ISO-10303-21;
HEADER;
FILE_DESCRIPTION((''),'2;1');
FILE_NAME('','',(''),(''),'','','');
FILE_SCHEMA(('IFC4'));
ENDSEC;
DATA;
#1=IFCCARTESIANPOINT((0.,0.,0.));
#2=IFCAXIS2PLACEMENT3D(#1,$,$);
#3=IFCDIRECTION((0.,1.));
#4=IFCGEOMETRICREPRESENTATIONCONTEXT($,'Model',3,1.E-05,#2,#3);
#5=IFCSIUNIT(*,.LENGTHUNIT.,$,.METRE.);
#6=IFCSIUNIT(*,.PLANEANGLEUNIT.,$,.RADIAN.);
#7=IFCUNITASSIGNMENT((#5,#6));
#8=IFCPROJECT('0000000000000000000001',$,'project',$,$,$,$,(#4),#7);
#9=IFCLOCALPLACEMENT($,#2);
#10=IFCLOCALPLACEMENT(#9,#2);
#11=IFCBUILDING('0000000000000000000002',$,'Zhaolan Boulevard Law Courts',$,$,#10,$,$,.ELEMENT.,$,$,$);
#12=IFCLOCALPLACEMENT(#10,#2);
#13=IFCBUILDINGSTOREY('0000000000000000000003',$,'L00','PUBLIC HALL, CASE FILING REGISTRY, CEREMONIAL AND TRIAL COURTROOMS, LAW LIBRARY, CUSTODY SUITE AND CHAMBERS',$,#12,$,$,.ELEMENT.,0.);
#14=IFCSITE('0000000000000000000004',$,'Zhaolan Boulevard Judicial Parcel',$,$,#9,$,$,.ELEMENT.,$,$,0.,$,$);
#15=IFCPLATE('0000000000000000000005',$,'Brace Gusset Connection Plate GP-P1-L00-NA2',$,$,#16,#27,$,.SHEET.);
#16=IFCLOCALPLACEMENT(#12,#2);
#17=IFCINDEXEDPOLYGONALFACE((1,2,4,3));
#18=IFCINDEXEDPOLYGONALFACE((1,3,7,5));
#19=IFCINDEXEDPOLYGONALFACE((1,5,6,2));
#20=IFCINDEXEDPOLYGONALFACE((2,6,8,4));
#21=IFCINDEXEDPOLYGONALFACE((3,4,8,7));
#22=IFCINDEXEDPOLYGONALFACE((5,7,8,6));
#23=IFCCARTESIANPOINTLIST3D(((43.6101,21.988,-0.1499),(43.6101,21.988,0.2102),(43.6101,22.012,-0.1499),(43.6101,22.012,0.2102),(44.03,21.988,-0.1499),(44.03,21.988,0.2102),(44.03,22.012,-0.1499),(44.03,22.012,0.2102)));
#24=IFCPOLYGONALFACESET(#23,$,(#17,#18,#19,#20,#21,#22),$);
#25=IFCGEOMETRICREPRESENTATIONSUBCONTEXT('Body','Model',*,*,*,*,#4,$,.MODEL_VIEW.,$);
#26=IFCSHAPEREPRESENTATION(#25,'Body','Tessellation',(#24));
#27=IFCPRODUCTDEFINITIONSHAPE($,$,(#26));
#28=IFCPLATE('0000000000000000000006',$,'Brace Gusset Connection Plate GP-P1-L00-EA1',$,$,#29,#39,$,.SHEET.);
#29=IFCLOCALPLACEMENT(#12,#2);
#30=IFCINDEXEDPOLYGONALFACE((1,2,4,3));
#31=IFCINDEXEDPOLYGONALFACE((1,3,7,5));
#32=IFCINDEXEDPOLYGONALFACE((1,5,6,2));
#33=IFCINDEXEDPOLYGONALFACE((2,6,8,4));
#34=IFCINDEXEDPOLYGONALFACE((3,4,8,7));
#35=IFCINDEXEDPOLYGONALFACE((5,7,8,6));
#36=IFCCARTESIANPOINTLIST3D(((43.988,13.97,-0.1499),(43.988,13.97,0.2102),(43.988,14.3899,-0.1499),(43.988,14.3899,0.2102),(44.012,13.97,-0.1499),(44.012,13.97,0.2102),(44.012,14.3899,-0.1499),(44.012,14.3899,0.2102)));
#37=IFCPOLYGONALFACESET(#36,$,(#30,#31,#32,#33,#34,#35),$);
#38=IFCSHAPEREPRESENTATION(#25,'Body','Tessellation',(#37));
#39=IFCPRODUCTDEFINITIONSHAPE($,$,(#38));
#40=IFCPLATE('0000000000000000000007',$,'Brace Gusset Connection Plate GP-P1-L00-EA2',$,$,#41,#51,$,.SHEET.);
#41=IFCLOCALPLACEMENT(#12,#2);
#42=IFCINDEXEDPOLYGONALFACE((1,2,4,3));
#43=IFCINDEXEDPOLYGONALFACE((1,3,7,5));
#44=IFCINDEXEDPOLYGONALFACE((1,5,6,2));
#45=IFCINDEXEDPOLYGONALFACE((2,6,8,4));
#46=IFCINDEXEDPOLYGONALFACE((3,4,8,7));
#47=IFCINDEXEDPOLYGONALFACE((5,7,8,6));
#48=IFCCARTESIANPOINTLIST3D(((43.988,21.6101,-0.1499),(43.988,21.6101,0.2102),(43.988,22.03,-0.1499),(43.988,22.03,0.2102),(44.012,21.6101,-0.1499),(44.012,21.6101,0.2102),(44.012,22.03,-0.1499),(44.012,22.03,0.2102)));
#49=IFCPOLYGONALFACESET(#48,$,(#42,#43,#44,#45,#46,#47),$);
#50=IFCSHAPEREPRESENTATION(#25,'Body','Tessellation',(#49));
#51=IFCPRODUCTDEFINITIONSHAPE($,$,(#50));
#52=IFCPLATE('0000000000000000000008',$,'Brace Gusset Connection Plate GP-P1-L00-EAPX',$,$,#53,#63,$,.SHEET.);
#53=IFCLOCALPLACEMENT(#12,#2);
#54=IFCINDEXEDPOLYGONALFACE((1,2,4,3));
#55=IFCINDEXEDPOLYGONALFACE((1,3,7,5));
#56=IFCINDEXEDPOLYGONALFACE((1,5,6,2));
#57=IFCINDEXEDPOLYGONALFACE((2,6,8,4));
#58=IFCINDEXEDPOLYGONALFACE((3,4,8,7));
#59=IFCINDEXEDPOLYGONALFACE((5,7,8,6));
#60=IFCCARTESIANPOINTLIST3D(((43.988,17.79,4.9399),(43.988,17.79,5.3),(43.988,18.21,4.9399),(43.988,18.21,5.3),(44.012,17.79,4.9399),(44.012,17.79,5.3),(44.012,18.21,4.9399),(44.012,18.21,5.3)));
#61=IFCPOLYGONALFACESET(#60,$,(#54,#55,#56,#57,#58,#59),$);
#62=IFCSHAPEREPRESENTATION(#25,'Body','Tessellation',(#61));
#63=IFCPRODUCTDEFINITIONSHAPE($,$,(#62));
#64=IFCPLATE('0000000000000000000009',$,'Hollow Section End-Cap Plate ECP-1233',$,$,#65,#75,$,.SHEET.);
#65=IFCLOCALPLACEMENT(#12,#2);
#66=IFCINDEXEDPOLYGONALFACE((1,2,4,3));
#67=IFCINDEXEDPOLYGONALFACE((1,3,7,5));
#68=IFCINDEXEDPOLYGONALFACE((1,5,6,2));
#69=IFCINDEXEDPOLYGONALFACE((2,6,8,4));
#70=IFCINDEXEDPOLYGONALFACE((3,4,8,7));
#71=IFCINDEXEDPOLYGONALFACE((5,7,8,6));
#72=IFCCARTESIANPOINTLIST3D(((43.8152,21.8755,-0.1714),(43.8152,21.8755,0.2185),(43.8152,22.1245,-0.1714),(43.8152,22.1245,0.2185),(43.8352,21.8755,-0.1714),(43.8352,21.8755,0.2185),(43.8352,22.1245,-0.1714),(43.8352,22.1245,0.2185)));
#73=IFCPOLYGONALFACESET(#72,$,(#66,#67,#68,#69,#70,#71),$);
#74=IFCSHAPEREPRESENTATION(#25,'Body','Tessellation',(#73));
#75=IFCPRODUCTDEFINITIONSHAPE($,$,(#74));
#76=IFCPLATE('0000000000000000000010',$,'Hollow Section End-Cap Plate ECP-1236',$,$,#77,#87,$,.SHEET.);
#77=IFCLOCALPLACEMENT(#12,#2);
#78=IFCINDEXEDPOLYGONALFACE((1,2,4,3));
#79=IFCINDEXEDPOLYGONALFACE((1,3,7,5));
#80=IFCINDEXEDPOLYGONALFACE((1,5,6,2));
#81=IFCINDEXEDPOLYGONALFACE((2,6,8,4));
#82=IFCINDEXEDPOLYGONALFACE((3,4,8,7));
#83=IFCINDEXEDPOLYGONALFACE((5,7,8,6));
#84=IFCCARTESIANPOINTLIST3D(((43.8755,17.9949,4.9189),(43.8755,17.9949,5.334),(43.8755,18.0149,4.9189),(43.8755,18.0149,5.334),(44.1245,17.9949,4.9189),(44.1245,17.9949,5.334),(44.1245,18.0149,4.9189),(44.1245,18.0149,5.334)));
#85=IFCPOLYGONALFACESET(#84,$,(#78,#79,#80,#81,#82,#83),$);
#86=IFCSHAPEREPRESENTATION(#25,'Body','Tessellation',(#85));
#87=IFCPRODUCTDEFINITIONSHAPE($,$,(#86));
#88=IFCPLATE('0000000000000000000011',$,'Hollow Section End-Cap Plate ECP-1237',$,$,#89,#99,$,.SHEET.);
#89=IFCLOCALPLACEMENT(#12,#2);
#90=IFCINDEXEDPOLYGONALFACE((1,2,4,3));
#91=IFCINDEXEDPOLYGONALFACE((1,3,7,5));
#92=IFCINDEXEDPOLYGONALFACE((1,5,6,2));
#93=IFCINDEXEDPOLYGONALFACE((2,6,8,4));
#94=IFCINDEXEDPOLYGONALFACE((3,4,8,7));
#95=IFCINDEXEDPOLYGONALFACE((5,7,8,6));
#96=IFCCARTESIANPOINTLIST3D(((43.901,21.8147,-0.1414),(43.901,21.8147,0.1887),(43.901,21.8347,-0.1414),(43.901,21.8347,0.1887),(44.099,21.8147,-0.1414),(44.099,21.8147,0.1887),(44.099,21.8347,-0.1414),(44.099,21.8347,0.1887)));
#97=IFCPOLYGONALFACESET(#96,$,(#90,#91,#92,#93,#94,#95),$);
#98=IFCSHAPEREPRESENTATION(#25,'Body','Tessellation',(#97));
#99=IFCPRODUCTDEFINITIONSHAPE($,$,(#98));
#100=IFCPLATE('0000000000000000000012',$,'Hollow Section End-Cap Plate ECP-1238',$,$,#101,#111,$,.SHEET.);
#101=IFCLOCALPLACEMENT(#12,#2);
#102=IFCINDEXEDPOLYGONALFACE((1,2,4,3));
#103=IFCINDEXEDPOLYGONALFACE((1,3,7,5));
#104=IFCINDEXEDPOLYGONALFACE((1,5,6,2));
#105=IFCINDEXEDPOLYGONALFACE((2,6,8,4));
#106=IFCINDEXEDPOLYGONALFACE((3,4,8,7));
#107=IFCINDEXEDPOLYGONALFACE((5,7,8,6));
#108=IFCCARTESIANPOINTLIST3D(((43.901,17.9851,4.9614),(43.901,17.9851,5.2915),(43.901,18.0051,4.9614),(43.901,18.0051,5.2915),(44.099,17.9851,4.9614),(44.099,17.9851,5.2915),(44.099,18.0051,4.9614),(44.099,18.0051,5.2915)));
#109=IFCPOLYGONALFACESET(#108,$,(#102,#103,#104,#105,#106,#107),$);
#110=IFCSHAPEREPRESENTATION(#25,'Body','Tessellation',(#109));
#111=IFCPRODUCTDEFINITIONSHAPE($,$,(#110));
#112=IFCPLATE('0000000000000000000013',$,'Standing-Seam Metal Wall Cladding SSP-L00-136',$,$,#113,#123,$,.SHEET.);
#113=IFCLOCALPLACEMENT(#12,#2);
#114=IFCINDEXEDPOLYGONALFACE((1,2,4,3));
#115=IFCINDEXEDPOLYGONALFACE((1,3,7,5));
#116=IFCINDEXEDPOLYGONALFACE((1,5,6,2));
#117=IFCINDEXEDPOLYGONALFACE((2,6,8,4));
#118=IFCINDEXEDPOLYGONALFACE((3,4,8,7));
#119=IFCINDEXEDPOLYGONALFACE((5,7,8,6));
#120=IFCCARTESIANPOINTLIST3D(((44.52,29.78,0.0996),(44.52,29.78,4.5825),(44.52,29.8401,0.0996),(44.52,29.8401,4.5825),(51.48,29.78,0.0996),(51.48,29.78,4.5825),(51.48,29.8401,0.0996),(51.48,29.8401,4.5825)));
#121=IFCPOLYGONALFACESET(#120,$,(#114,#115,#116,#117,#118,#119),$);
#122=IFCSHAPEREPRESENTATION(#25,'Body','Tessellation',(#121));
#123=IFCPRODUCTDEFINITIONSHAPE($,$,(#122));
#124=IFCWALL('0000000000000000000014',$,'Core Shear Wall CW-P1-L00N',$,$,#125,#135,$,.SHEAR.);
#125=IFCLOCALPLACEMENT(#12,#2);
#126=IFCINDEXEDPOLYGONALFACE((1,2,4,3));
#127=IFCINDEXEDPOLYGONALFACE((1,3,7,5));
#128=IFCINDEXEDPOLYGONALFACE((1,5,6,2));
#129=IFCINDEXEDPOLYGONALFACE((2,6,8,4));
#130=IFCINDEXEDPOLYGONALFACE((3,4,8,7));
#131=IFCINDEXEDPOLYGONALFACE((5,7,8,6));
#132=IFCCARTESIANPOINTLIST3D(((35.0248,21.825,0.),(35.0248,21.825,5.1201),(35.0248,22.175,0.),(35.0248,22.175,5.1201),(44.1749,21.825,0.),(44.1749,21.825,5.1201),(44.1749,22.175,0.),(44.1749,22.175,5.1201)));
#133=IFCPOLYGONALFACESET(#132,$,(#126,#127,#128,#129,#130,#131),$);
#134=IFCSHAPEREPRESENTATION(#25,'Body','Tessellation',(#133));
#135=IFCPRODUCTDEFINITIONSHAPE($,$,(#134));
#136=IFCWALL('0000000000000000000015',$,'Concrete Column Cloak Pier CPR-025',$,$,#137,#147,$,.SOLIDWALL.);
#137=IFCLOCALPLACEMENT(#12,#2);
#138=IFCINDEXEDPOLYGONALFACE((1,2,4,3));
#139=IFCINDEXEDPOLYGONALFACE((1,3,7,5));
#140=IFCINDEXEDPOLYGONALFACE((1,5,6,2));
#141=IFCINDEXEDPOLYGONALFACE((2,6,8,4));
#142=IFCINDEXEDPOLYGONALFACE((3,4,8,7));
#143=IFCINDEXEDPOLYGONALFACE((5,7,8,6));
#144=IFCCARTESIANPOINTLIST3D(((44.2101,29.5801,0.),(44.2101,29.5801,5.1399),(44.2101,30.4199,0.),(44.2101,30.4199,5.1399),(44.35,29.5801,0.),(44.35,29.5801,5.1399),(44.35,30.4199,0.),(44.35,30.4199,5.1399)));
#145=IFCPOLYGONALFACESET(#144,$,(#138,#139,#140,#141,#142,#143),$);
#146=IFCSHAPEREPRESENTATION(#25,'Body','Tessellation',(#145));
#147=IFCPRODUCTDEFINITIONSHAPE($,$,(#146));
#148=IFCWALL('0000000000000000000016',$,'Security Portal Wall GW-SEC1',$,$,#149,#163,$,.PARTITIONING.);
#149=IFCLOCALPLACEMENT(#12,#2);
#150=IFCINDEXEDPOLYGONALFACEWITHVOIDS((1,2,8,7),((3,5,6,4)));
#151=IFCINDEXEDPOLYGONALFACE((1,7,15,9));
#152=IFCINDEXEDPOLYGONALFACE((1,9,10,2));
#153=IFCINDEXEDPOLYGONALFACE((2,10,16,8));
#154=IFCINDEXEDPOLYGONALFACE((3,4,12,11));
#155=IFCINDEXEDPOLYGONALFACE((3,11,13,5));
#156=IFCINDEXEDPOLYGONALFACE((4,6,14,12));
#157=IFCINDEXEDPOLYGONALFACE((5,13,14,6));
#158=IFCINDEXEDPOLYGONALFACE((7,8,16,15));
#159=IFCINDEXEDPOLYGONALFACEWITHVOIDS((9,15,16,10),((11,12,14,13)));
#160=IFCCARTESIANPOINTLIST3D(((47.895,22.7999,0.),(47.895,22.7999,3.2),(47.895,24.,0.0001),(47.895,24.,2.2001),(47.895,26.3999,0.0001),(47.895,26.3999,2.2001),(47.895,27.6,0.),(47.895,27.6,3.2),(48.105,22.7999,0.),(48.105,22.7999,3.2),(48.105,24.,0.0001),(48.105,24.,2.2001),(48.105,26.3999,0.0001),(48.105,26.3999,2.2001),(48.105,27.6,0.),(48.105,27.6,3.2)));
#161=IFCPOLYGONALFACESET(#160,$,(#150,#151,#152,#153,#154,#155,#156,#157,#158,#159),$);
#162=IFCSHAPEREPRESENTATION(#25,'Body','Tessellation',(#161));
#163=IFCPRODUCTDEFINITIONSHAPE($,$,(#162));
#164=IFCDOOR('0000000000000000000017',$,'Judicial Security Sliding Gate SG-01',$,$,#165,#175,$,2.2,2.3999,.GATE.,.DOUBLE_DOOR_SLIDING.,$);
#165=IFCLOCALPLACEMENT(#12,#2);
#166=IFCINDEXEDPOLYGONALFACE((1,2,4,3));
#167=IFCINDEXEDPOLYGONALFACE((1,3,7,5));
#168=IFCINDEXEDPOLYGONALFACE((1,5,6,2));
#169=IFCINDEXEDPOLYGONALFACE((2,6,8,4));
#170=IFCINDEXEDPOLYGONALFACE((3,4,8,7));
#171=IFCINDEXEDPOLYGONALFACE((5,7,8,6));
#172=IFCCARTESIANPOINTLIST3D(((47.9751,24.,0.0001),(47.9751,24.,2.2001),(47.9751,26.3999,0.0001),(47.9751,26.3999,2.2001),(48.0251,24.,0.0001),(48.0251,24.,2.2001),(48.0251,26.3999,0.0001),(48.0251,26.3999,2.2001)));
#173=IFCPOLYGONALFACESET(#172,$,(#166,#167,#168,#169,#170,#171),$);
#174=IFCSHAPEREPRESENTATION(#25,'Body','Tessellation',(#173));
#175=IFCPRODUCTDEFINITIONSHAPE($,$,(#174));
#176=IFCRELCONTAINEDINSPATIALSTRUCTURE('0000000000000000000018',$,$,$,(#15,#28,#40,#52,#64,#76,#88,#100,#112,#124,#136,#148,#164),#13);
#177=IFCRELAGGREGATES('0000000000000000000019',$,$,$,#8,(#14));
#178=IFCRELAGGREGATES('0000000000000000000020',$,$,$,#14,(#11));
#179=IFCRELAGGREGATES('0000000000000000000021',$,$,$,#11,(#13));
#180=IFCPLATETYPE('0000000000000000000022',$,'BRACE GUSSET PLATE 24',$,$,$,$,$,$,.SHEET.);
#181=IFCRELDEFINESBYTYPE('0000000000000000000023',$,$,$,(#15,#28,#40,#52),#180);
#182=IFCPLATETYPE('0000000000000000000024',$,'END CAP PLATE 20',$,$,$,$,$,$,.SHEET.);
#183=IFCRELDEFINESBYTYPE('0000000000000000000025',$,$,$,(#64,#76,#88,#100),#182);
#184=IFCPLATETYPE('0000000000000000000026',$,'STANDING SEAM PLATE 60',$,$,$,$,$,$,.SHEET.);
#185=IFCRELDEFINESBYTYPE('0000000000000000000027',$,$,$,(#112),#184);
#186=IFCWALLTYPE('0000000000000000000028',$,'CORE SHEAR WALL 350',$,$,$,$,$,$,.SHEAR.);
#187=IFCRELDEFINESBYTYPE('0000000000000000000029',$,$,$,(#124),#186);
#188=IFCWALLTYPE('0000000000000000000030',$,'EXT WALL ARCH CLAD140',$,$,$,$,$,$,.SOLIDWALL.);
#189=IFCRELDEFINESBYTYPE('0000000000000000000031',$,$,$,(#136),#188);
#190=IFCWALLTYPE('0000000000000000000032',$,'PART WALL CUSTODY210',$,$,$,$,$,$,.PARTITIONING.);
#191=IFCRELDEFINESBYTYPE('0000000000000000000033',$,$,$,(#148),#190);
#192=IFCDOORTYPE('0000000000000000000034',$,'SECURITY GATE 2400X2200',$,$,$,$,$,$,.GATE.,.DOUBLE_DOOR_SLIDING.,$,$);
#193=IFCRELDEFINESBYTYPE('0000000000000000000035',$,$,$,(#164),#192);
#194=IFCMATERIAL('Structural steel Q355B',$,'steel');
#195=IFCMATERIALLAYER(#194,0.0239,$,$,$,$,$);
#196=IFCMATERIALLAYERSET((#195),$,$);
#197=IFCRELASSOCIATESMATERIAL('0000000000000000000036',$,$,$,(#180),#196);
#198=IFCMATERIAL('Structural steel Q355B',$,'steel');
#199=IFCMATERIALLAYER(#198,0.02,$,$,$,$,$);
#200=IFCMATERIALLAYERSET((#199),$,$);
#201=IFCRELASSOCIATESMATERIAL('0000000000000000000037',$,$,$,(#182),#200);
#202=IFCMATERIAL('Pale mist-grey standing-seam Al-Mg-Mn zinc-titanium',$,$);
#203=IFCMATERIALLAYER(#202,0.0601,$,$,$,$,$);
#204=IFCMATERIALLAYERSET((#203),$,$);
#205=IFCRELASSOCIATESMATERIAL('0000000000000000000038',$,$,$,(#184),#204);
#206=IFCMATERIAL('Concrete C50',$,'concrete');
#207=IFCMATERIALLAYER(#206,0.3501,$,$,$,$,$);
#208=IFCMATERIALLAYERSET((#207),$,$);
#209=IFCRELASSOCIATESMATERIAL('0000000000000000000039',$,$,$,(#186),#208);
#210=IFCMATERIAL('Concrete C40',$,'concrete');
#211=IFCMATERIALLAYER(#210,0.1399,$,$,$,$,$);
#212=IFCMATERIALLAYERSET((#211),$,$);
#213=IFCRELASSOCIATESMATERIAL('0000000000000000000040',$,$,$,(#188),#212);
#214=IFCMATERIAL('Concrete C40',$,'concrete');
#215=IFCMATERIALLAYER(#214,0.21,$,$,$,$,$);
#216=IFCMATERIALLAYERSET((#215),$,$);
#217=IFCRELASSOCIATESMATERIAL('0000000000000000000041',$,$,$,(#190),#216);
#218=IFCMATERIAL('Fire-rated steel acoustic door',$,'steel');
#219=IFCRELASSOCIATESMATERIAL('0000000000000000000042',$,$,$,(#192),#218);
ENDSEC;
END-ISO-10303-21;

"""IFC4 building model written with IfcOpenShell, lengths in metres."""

from ifc_helpers import new_model, si_unit, direction, frame, frame_2d, origin, origin_2d, place, context, subcontext, project, spatial, rectangle, extrude, material, layer, layer_set, type_object, element, fill, save


model = new_model("IFC4")

# Units and contexts
model_context = context("Model", 3, precision=1e-05, world=origin(), true_north=direction((0.0, 1.0)))
body_context = subcontext(model_context, "Body", "Model", "MODEL_VIEW")
ifc_project = project(units=[si_unit("LENGTHUNIT", "METRE"), si_unit("PLANEANGLEUNIT", "RADIAN")], contexts=[model_context])

# Site, building, storey
site_placement = place(None, origin())
site = spatial("IfcSite", under=ifc_project, at=site_placement, Name="Zhaolan Boulevard Judicial Parcel", CompositionType="ELEMENT", RefElevation=0.0)
building_placement = place(site_placement, origin())
building = spatial("IfcBuilding", under=site, at=building_placement, Name="Zhaolan Boulevard Law Courts", CompositionType="ELEMENT")
storey_placement = place(building_placement, origin())
storey = spatial("IfcBuildingStorey", under=building, at=storey_placement, Name="L00", Description="PUBLIC HALL, CASE FILING REGISTRY, CEREMONIAL AND TRIAL COURTROOMS, LAW LIBRARY, CUSTODY SUITE AND CHAMBERS", CompositionType="ELEMENT", Elevation=0.0)

# Plates
ifc_material_1 = material(Name="Structural steel Q355B", Category="steel")
ifc_layer_1 = layer(ifc_material_1, 0.0239)
ifc_layer_set_1 = layer_set([ifc_layer_1])
plate_type_1 = type_object("IfcPlateType", Name="BRACE GUSSET PLATE 24", PredefinedType="SHEET", material=ifc_layer_set_1)
for number, where, z_axis, x_axis, name in (
    (1, (43.8201, 22.0, -0.1499), (0.0, 0.0, 1.0), (1.0, 0.0, 0.0), "Brace Gusset Connection Plate GP-P1-L00-NA2"),
    (2, (44.0, 14.1799, -0.1499), (0.0, 0.0, 1.0), (0.0, 1.0, 0.0), "Brace Gusset Connection Plate GP-P1-L00-EA1"),
    (3, (44.0, 21.8201, -0.1499), (0.0, 0.0, 1.0), (0.0, 1.0, 0.0), "Brace Gusset Connection Plate GP-P1-L00-EA2"),
    (4, (44.0, 18.0, 4.9399), (0.0, 0.0, 1.0), (0.0, 1.0, 0.0), "Brace Gusset Connection Plate GP-P1-L00-EAPX"),
):
    element("IfcPlate", number, at=place(storey_placement, frame(where, z_axis=z_axis, x_axis=x_axis)), inside=storey, type_object=plate_type_1, Name=name, PredefinedType="SHEET", context=body_context, shape_type="SweptSolid", body=[
        extrude(rectangle(XDim=0.4199, YDim=0.0239, at=origin_2d()), origin(), (0.0, 0.0, 1.0), 0.3601),
    ])
ifc_material_2 = material(Name="Structural steel Q355B", Category="steel")
ifc_layer_2 = layer(ifc_material_2, 0.02)
ifc_layer_set_2 = layer_set([ifc_layer_2])
plate_type_2 = type_object("IfcPlateType", Name="END CAP PLATE 20", PredefinedType="SHEET", material=ifc_layer_set_2)
plate_1_placement = place(storey_placement, frame((43.8252, 22.0, -0.1714), z_axis=(0.0, 0.0, 1.0), x_axis=(-1.0, 0.0, 0.0)))
element("IfcPlate", 5, at=plate_1_placement, inside=storey, type_object=plate_type_2, Name="Hollow Section End-Cap Plate ECP-1233", PredefinedType="SHEET", context=body_context, shape_type="SweptSolid", body=[
    extrude(rectangle(XDim=0.02, YDim=0.249, at=origin_2d()), origin(), (0.0, 0.0, 1.0), 0.3899),
])
plate_2_placement = place(storey_placement, frame((44.0, 18.0049, 4.9189), z_axis=(0.0, 0.0, 1.0), x_axis=(0.0, 1.0, 0.0)))
element("IfcPlate", 6, at=plate_2_placement, inside=storey, type_object=plate_type_2, Name="Hollow Section End-Cap Plate ECP-1236", PredefinedType="SHEET", context=body_context, shape_type="SweptSolid", body=[
    extrude(rectangle(XDim=0.02, YDim=0.249, at=origin_2d()), origin(), (0.0, 0.0, 1.0), 0.415),
])
for number, where, z_axis, x_axis, name in (
    (7, (44.0, 21.8247, -0.1414), (0.0, 0.0, 1.0), (0.0, -1.0, 0.0), "Hollow Section End-Cap Plate ECP-1237"),
    (8, (44.0, 17.9951, 4.9614), (0.0, 0.0, 1.0), (0.0, -1.0, 0.0), "Hollow Section End-Cap Plate ECP-1238"),
):
    element("IfcPlate", number, at=place(storey_placement, frame(where, z_axis=z_axis, x_axis=x_axis)), inside=storey, type_object=plate_type_2, Name=name, PredefinedType="SHEET", context=body_context, shape_type="SweptSolid", body=[
        extrude(rectangle(XDim=0.02, YDim=0.198, at=origin_2d()), origin(), (0.0, 0.0, 1.0), 0.3301),
    ])
ifc_material_3 = material(Name="Pale mist-grey standing-seam Al-Mg-Mn zinc-titanium")
ifc_layer_3 = layer(ifc_material_3, 0.0601)
ifc_layer_set_3 = layer_set([ifc_layer_3])
plate_type_3 = type_object("IfcPlateType", Name="STANDING SEAM PLATE 60", PredefinedType="SHEET", material=ifc_layer_set_3)
plate_3_placement = place(storey_placement, frame((48.0, 29.8101, 0.0996), z_axis=(0.0, 0.0, 1.0), x_axis=(-1.0, 0.0, 0.0)))
element("IfcPlate", 9, at=plate_3_placement, inside=storey, type_object=plate_type_3, Name="Standing-Seam Metal Wall Cladding SSP-L00-136", PredefinedType="SHEET", context=body_context, shape_type="SweptSolid", body=[
    extrude(rectangle(XDim=6.96, YDim=0.0601, at=origin_2d()), origin(), (0.0, 0.0, 1.0), 4.4829),
])

# Walls
ifc_material_4 = material(Name="Concrete C50", Category="concrete")
ifc_layer_4 = layer(ifc_material_4, 0.3501)
ifc_layer_set_4 = layer_set([ifc_layer_4])
wall_type_1 = type_object("IfcWallType", Name="CORE SHEAR WALL 350", PredefinedType="SHEAR", material=ifc_layer_set_4)
wall_1_placement = place(storey_placement, frame((44.175, 22.0, 0.0), z_axis=(0.0, 0.0, 1.0), x_axis=(-1.0, 0.0, 0.0)))
element("IfcWall", 10, at=wall_1_placement, inside=storey, type_object=wall_type_1, Name="Core Shear Wall CW-P1-L00N", PredefinedType="SHEAR", context=body_context, shape_type="SweptSolid", body=[
    extrude(rectangle(XDim=9.1501, YDim=0.3501, at=frame_2d((4.5752, 0.0))), origin(), (0.0, 0.0, 1.0), 5.1201),
])
ifc_material_5 = material(Name="Concrete C40", Category="concrete")
ifc_layer_5 = layer(ifc_material_5, 0.1399)
ifc_layer_set_5 = layer_set([ifc_layer_5])
wall_type_2 = type_object("IfcWallType", Name="EXT WALL ARCH CLAD140", PredefinedType="SOLIDWALL", material=ifc_layer_set_5)
wall_2_placement = place(storey_placement, frame((44.28, 29.5801, 0.0), z_axis=(0.0, 0.0, 1.0), x_axis=(0.0, 1.0, 0.0)))
element("IfcWall", 11, at=wall_2_placement, inside=storey, type_object=wall_type_2, Name="Concrete Column Cloak Pier CPR-025", PredefinedType="SOLIDWALL", context=body_context, shape_type="SweptSolid", body=[
    extrude(rectangle(XDim=0.8398, YDim=0.1399, at=frame_2d((0.4199, 0.0))), origin(), (0.0, 0.0, 1.0), 5.1399),
])

# Wall, opening, door
ifc_material_6 = material(Name="Concrete C40", Category="concrete")
ifc_layer_6 = layer(ifc_material_6, 0.21)
ifc_layer_set_6 = layer_set([ifc_layer_6])
wall_type_3 = type_object("IfcWallType", Name="PART WALL CUSTODY210", PredefinedType="PARTITIONING", material=ifc_layer_set_6)
wall_3_placement = place(storey_placement, frame((48.0, 22.8, 0.0), z_axis=(0.0, 0.0, 1.0), x_axis=(0.0, 1.0, 0.0)))
wall_3 = element("IfcWall", 12, at=wall_3_placement, inside=storey, type_object=wall_type_3, Name="Security Portal Wall GW-SEC1", PredefinedType="PARTITIONING", context=body_context, shape_type="SweptSolid", body=[
    extrude(rectangle(XDim=4.8, YDim=0.21, at=frame_2d((2.3999, 0.0))), origin(), (0.0, 0.0, 1.0), 3.2),
])
opening_placement = place(wall_3_placement, frame((1.2, 0.0, 0.0)))
opening = element("IfcOpeningElement", 13, at=opening_placement, cuts=wall_3, PredefinedType="OPENING", context=body_context, shape_type="SweptSolid", body=[
    extrude(rectangle(XDim=2.3999, YDim=2.2, at=frame_2d((1.2, 1.1001))), frame((0.0, 0.115, 0.0), z_axis=(0.0, -1.0, 0.0), x_axis=(1.0, 0.0, 0.0)), (0.0, 0.0, 1.0), 0.23),
])
ifc_material_7 = material(Name="Fire-rated steel acoustic door", Category="steel")
door_type = type_object("IfcDoorType", Name="SECURITY GATE 2400X2200", OperationType="DOUBLE_DOOR_SLIDING", PredefinedType="GATE", material=ifc_material_7)
door_placement = place(opening_placement, origin())
door = element("IfcDoor", 14, at=door_placement, inside=storey, type_object=door_type, Name="Judicial Security Sliding Gate SG-01", OperationType="DOUBLE_DOOR_SLIDING", OverallHeight=2.2, OverallWidth=2.3999, PredefinedType="GATE", context=body_context, shape_type="SweptSolid", body=[
    extrude(rectangle(XDim=2.3999, YDim=2.2, at=frame_2d((1.2, 1.1001))), frame((0.0, 0.0249, 0.0), z_axis=(0.0, -1.0, 0.0), x_axis=(1.0, 0.0, 0.0)), (0.0, 0.0, 1.0), 0.05),
])
fill(opening, door)

save(model, "model.ifc")
